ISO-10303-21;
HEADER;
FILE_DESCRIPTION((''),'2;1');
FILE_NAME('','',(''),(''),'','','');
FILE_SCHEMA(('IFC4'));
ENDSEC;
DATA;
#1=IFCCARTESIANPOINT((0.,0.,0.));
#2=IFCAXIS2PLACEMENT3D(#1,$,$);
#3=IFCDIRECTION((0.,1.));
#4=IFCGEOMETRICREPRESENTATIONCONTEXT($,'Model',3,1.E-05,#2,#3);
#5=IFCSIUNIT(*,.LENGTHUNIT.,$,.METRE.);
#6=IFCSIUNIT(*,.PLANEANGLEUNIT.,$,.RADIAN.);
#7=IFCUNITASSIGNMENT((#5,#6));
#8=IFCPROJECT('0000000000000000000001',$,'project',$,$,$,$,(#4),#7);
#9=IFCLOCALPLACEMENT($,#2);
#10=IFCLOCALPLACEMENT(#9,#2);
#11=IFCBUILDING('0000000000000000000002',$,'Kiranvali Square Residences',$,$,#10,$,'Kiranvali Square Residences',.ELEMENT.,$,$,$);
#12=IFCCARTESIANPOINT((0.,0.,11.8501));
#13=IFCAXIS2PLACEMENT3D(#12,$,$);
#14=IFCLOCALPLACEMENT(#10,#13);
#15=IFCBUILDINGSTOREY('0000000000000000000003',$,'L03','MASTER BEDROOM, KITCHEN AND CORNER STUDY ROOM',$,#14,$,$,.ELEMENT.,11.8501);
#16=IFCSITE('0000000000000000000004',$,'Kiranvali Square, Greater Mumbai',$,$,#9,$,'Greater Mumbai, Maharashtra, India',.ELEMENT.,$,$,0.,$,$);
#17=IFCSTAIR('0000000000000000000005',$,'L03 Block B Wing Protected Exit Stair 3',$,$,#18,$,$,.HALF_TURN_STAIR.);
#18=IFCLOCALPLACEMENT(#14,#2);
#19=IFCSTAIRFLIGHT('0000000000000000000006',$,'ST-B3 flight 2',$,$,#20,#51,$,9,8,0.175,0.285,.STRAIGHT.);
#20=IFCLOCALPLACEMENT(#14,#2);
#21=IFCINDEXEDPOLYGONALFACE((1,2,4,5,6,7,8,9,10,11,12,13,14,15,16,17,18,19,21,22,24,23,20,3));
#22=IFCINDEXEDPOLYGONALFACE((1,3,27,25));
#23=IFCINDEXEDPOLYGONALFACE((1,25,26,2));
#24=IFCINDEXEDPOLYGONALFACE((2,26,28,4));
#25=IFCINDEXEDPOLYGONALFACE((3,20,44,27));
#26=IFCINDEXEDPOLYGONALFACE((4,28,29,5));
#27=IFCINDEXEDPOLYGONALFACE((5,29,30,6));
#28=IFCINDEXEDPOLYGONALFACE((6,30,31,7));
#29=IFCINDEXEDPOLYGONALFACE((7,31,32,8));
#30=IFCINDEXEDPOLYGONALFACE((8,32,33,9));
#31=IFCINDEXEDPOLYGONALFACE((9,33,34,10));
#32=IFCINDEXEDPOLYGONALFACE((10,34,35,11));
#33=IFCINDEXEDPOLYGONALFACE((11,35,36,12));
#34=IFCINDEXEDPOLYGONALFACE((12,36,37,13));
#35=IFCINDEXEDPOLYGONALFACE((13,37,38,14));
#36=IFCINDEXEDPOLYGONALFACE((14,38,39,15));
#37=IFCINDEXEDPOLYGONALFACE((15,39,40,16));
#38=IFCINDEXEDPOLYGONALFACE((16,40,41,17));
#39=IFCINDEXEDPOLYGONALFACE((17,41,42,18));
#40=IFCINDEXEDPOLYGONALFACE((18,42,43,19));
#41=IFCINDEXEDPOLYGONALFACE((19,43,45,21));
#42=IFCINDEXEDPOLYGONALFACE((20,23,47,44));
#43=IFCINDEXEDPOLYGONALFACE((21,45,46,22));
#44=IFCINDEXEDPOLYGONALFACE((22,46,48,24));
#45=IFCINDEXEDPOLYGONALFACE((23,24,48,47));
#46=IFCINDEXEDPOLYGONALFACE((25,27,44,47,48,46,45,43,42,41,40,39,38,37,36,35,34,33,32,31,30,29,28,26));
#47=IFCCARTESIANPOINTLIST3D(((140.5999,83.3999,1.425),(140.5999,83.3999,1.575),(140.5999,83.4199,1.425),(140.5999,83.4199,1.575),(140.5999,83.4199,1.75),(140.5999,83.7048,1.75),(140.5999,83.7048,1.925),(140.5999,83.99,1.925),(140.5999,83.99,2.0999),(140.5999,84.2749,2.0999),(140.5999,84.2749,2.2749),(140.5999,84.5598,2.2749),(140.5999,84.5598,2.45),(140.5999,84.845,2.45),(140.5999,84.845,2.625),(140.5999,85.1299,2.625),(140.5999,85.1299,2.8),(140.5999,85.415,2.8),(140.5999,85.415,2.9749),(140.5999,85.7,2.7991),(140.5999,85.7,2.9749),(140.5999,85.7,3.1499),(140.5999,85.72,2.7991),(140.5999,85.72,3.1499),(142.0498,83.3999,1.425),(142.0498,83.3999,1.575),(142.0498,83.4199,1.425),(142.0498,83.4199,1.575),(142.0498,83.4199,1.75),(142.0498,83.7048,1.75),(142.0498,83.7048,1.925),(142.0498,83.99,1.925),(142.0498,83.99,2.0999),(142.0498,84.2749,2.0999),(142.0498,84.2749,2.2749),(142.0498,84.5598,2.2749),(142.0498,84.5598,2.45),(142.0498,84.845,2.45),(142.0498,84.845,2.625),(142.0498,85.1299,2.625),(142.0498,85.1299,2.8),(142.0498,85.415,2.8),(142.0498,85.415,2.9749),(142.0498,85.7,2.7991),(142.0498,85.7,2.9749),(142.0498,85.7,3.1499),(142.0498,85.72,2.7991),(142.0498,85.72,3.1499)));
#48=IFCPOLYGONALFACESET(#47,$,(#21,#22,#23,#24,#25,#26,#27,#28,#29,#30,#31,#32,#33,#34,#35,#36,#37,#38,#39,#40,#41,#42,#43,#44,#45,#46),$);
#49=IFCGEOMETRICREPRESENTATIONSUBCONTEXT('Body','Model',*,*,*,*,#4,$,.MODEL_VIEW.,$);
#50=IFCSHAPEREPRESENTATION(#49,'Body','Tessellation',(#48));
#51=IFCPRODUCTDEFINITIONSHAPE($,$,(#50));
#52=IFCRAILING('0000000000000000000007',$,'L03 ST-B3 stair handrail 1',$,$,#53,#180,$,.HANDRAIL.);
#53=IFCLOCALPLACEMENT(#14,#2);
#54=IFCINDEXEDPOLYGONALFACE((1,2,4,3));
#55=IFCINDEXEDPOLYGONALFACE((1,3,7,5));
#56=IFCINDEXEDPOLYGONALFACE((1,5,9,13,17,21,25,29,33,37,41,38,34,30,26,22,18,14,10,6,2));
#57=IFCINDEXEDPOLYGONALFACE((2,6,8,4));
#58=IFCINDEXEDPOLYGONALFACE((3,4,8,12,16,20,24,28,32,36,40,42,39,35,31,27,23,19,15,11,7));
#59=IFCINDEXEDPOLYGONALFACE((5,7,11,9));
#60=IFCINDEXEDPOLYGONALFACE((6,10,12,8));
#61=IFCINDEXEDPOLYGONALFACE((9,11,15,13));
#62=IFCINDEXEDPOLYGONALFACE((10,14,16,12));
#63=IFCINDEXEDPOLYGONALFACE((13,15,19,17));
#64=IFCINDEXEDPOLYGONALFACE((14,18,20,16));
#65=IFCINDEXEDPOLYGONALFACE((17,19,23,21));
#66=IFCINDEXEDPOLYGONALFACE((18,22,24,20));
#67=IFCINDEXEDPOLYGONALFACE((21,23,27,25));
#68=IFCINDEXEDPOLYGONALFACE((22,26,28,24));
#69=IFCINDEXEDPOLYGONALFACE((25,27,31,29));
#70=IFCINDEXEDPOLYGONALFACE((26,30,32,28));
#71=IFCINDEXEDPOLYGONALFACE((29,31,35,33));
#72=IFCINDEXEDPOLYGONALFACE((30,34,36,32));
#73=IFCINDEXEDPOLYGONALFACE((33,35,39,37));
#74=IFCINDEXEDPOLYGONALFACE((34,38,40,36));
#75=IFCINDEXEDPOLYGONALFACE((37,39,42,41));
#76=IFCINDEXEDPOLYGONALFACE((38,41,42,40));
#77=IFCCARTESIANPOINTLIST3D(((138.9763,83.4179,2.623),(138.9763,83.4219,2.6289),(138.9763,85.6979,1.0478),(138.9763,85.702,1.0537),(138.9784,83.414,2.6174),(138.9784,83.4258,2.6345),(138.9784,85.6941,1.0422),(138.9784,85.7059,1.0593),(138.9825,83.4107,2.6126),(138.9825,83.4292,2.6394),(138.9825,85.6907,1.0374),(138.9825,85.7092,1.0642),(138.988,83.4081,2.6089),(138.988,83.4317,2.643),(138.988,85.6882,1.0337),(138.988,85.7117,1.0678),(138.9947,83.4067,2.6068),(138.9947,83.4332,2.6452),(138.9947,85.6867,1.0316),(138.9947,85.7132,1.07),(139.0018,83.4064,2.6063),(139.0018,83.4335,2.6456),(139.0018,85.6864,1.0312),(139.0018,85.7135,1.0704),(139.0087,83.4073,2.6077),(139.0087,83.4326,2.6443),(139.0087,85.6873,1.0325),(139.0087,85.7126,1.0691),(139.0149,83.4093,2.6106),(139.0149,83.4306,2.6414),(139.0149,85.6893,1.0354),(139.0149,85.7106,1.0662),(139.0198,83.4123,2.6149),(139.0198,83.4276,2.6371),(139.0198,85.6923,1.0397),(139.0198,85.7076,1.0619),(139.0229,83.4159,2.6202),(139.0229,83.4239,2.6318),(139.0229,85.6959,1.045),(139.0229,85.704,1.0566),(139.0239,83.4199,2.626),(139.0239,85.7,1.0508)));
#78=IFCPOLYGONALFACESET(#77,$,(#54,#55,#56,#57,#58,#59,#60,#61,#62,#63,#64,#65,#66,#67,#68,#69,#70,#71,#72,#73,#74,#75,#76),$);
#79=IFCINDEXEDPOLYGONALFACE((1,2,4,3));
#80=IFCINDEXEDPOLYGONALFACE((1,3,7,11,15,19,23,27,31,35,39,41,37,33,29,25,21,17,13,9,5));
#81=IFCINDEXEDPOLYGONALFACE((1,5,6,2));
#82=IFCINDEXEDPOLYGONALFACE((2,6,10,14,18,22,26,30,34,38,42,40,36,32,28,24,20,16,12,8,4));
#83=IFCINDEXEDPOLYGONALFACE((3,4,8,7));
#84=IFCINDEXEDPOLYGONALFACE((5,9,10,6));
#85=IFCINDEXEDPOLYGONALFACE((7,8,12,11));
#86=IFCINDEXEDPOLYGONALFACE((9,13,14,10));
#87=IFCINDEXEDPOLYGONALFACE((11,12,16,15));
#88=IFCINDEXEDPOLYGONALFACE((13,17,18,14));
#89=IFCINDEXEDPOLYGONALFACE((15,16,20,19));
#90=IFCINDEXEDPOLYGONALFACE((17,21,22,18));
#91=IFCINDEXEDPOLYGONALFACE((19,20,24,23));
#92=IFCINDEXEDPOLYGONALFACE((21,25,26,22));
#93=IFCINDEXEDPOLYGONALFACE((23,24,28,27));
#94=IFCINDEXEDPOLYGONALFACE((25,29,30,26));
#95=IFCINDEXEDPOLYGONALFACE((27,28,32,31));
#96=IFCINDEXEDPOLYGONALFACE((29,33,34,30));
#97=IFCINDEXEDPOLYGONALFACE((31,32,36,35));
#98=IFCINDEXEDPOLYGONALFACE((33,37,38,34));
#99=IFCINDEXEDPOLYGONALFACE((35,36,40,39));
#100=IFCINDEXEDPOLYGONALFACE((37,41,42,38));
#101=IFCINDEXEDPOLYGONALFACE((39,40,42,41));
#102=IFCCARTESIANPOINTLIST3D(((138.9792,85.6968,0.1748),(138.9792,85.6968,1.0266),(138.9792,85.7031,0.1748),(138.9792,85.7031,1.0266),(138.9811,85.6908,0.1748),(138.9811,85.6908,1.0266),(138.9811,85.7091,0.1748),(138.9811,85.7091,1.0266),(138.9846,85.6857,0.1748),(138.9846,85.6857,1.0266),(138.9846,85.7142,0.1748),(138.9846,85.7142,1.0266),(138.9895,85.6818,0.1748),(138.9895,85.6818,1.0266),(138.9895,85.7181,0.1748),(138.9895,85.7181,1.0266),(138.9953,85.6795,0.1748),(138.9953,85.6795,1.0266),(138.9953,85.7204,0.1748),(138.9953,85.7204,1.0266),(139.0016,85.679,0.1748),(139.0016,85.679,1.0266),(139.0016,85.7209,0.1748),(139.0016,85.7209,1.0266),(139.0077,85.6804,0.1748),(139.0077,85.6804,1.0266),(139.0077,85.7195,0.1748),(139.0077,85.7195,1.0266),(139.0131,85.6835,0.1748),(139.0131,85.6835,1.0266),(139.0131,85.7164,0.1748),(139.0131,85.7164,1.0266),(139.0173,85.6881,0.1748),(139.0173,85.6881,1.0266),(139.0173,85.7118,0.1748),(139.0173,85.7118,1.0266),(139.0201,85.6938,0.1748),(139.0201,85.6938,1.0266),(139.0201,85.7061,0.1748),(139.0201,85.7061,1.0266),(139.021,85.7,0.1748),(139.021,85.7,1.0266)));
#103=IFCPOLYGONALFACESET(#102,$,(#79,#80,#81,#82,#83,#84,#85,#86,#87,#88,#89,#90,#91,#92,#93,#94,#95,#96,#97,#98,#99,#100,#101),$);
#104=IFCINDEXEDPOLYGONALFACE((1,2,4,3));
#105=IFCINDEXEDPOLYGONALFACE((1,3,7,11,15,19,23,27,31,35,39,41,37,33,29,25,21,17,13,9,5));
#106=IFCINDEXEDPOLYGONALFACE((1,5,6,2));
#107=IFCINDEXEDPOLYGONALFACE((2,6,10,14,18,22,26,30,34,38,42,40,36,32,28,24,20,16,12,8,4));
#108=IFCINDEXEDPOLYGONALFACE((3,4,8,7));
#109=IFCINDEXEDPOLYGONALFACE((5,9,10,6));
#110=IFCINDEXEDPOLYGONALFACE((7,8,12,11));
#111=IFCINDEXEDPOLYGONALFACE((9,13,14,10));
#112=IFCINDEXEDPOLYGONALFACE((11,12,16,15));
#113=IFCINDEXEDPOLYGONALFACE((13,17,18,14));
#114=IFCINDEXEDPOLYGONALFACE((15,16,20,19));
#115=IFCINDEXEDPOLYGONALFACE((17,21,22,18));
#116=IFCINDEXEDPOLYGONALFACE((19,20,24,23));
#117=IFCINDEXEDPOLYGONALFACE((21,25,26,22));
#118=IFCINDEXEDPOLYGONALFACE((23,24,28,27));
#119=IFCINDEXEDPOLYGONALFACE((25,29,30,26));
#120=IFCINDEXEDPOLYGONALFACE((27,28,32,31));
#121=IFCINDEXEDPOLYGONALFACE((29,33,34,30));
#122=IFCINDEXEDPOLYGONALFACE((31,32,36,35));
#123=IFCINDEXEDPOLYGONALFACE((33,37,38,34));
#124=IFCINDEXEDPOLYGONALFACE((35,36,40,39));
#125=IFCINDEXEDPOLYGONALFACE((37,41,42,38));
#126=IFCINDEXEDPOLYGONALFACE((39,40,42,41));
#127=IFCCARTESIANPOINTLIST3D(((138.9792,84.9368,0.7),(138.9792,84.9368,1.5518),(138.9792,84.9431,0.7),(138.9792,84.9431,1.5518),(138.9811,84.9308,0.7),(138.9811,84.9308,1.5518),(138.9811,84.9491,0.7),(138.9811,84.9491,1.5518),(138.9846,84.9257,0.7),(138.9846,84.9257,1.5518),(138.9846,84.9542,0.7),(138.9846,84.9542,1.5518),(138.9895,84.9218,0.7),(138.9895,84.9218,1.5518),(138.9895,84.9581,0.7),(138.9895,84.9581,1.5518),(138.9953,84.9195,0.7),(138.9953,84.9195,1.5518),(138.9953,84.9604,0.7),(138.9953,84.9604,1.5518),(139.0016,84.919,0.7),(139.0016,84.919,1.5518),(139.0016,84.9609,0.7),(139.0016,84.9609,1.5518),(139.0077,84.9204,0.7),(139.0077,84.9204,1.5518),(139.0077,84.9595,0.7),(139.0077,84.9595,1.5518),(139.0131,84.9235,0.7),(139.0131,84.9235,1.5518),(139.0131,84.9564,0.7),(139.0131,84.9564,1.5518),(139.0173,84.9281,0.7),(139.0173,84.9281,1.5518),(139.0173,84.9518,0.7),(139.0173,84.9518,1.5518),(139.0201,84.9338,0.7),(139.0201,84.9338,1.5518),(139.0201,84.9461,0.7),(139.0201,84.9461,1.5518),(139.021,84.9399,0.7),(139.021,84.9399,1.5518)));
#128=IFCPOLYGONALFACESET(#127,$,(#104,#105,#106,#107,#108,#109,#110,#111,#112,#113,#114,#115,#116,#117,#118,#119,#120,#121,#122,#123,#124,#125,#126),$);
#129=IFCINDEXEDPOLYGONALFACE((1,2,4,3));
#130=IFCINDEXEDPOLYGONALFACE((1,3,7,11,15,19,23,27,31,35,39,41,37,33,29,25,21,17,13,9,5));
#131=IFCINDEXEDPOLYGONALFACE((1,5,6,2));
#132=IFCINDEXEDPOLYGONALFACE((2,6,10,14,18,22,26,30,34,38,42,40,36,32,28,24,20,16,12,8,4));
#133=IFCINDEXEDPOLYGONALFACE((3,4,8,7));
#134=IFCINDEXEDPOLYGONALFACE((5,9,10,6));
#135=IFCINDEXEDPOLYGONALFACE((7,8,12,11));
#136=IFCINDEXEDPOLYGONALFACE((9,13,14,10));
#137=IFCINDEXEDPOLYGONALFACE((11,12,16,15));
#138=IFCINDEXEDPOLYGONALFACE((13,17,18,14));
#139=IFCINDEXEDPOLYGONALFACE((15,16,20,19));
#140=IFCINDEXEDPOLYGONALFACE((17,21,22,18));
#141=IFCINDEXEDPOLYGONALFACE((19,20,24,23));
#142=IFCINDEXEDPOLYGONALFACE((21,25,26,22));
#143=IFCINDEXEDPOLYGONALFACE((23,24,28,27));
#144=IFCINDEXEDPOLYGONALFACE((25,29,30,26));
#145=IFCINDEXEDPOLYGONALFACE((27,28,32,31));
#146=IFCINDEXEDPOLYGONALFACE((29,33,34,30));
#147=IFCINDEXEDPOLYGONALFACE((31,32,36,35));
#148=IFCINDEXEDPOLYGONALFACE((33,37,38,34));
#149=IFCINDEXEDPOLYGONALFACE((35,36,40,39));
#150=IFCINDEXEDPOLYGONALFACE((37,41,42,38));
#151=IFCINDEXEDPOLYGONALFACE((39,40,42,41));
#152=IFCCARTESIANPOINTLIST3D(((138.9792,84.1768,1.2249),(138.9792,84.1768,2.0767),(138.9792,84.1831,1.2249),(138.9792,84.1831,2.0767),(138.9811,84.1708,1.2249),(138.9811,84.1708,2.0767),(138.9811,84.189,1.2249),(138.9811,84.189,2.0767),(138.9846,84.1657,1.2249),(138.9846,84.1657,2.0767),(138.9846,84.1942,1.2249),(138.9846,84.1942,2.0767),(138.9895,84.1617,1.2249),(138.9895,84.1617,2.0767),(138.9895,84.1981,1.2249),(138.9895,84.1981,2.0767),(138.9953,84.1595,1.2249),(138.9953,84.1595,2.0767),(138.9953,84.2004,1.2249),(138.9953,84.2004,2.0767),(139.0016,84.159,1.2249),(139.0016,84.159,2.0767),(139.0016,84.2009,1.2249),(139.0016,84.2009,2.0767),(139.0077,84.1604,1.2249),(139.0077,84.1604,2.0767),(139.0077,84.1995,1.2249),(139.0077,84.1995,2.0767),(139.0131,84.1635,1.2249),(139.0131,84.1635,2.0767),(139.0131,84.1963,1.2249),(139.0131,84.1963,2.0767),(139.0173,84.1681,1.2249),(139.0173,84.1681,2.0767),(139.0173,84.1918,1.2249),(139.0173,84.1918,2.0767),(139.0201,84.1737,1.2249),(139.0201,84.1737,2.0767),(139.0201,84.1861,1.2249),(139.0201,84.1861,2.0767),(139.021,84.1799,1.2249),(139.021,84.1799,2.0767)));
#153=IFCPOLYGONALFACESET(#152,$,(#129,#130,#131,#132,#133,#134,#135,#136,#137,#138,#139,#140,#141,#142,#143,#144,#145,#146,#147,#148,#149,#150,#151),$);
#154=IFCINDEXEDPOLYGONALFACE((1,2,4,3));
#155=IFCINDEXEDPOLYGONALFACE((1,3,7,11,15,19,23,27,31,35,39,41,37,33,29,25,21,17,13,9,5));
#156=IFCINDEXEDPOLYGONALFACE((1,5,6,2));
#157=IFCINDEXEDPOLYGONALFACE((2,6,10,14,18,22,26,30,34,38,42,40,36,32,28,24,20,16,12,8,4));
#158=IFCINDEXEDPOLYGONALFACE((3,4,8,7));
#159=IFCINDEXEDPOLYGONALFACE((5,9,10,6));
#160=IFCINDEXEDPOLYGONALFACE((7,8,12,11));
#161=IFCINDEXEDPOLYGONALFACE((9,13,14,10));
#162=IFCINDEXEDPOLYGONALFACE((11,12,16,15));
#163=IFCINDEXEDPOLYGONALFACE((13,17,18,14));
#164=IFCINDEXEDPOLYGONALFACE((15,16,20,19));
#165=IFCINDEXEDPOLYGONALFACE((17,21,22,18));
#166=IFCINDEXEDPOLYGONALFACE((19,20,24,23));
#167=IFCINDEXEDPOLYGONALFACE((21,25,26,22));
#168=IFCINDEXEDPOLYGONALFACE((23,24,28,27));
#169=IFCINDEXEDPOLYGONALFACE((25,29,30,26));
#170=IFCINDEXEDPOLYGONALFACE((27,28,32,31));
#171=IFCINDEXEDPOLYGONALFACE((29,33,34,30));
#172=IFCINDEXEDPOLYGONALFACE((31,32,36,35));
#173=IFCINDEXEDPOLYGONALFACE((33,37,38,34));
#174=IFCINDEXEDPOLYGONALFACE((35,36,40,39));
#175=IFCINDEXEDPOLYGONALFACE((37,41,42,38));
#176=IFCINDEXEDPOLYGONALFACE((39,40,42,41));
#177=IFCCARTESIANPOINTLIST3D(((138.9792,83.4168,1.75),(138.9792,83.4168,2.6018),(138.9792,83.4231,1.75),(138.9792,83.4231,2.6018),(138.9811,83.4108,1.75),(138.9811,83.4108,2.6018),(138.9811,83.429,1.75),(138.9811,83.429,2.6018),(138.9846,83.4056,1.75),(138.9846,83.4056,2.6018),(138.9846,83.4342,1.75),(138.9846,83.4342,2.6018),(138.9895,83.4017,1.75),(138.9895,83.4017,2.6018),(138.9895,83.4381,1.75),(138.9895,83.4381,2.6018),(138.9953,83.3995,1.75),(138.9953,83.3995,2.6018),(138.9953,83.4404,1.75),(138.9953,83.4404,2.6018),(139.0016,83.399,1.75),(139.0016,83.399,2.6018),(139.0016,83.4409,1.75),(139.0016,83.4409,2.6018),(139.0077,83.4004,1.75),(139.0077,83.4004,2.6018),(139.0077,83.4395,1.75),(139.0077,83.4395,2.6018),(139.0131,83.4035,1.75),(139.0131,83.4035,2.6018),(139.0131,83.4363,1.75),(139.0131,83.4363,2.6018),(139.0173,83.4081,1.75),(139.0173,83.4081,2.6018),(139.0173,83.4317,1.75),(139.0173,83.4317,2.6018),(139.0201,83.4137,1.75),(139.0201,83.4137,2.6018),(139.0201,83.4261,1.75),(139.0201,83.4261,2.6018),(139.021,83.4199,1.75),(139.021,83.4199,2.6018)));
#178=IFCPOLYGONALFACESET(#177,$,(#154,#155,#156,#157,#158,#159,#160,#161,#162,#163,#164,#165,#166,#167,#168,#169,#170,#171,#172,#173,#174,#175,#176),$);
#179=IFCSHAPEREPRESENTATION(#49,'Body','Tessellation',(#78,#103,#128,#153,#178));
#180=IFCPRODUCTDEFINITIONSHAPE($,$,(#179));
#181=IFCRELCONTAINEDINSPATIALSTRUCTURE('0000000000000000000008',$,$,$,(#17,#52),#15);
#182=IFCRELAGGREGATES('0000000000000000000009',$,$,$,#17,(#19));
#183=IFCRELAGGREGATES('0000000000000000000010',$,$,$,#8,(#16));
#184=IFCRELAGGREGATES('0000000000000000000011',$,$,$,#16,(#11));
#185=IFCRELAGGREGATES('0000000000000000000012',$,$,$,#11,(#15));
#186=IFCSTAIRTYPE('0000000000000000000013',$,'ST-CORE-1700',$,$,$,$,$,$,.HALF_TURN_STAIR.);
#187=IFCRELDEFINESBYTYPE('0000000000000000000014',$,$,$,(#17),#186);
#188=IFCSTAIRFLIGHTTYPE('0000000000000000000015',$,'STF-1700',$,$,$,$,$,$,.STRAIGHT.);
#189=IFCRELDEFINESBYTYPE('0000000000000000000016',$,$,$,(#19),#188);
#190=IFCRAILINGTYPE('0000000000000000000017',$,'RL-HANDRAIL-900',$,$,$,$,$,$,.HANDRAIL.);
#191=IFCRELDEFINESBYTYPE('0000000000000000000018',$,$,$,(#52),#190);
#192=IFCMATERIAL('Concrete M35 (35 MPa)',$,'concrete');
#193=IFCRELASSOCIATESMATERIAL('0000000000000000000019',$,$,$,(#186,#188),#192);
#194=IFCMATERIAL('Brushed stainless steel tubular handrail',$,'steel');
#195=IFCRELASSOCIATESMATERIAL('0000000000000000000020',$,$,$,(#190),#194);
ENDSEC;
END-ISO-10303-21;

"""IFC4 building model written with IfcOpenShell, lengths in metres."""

from ifc_helpers import new_model, si_unit, direction, frame, origin, origin_2d, place, context, subcontext, project, spatial, polyline, circle, outline, extrude, material, type_object, element, aggregate, save


model = new_model("IFC4")

# Units and contexts
model_context = context("Model", 3, precision=1e-05, world=origin(), true_north=direction((0.0, 1.0)))
body_context = subcontext(model_context, "Body", "Model", "MODEL_VIEW")
ifc_project = project(units=[si_unit("LENGTHUNIT", "METRE"), si_unit("PLANEANGLEUNIT", "RADIAN")], contexts=[model_context])

# Site, building, storey
site_placement = place(None, origin())
site = spatial("IfcSite", under=ifc_project, at=site_placement, Name="Kiranvali Square, Greater Mumbai", LongName="Greater Mumbai, Maharashtra, India", CompositionType="ELEMENT", RefElevation=0.0)
building_placement = place(site_placement, origin())
building = spatial("IfcBuilding", under=site, at=building_placement, Name="Kiranvali Square Residences", LongName="Kiranvali Square Residences", CompositionType="ELEMENT")
storey_placement = place(building_placement, frame((0.0, 0.0, 11.8501)))
storey = spatial("IfcBuildingStorey", under=building, at=storey_placement, Name="L03", Description="MASTER BEDROOM, KITCHEN AND CORNER STUDY ROOM", CompositionType="ELEMENT", Elevation=11.8501)

# Stair, stair flight
ifc_material_1 = material(Name="Concrete M35 (35 MPa)", Category="concrete")
stair_type = type_object("IfcStairType", Name="ST-CORE-1700", PredefinedType="HALF_TURN_STAIR", material=ifc_material_1)
stair_placement = place(storey_placement, origin())
stair = element("IfcStair", 1, at=stair_placement, inside=storey, type_object=stair_type, Name="L03 Block B Wing Protected Exit Stair 3", PredefinedType="HALF_TURN_STAIR")
stair_flight_type = type_object("IfcStairFlightType", Name="STF-1700", PredefinedType="STRAIGHT", material=ifc_material_1)
stair_flight_1_placement = place(storey_placement, frame((141.325, 83.4199, 1.575), z_axis=(0.0, 0.0, 1.0), x_axis=(0.0, 1.0, 0.0)))
stair_flight_1 = element("IfcStairFlight", 2, at=stair_flight_1_placement, type_object=stair_flight_type, Name="ST-B3 flight 2", NumberOfRisers=9, NumberOfTreads=8, PredefinedType="STRAIGHT", RiserHeight=0.175, TreadLength=0.285, context=body_context, shape_type="SweptSolid", body=[
    extrude(outline(polyline([(-0.02, -0.1499), (-0.02, 0.0), (0.0, 0.0), (0.0, 0.175), (0.2849, 0.175), (0.2849, 0.3501), (0.5701, 0.3501), (0.5701, 0.5249), (0.855, 0.5249), (0.855, 0.7), (1.1399, 0.7), (1.1399, 0.875), (1.425, 0.875), (1.425, 1.05), (1.71, 1.05), (1.71, 1.2251), (1.9951, 1.2251), (1.9951, 1.3999), (2.28, 1.3999), (2.28, 1.575), (2.3, 1.575), (2.3, 1.2241), (2.28, 1.2241), (0.0, -0.1499), (-0.02, -0.1499)])), frame((0.0, 0.7251, 0.0), z_axis=(0.0, -1.0, 0.0), x_axis=(1.0, 0.0, 0.0)), (0.0, 0.0, 1.0), 1.45),
])
aggregate(stair, [stair_flight_1])

# Railing
ifc_material_2 = material(Name="Brushed stainless steel tubular handrail", Category="steel")
railing_type_1 = type_object("IfcRailingType", Name="RL-HANDRAIL-900", PredefinedType="HANDRAIL", material=ifc_material_2)
railing_1_placement = place(storey_placement, frame((139.0, 85.7, 0.1748)))
element("IfcRailing", 3, at=railing_1_placement, inside=storey, type_object=railing_type_1, Name="L03 ST-B3 stair handrail 1", PredefinedType="HANDRAIL", context=body_context, shape_type="SweptSolid", body=[
    extrude(circle(Radius=0.0239, at=origin_2d()), frame((0.0, 0.0, 0.876), z_axis=(0.0, -0.822747, 0.568408), x_axis=(1.0, 0.0, 0.0)), (0.0, 0.0, 1.0), 2.7712),
    extrude(circle(Radius=0.021, at=origin_2d()), origin(), (0.0, 0.0, 1.0), 0.8518),
    extrude(circle(Radius=0.021, at=origin_2d()), frame((0.0, -0.76, 0.5251)), (0.0, 0.0, 1.0), 0.8518),
    extrude(circle(Radius=0.021, at=origin_2d()), frame((0.0, -1.52, 1.05)), (0.0, 0.0, 1.0), 0.8518),
    extrude(circle(Radius=0.021, at=origin_2d()), frame((0.0, -2.28, 1.5752)), (0.0, 0.0, 1.0), 0.8518),
])

save(model, "model.ifc")
